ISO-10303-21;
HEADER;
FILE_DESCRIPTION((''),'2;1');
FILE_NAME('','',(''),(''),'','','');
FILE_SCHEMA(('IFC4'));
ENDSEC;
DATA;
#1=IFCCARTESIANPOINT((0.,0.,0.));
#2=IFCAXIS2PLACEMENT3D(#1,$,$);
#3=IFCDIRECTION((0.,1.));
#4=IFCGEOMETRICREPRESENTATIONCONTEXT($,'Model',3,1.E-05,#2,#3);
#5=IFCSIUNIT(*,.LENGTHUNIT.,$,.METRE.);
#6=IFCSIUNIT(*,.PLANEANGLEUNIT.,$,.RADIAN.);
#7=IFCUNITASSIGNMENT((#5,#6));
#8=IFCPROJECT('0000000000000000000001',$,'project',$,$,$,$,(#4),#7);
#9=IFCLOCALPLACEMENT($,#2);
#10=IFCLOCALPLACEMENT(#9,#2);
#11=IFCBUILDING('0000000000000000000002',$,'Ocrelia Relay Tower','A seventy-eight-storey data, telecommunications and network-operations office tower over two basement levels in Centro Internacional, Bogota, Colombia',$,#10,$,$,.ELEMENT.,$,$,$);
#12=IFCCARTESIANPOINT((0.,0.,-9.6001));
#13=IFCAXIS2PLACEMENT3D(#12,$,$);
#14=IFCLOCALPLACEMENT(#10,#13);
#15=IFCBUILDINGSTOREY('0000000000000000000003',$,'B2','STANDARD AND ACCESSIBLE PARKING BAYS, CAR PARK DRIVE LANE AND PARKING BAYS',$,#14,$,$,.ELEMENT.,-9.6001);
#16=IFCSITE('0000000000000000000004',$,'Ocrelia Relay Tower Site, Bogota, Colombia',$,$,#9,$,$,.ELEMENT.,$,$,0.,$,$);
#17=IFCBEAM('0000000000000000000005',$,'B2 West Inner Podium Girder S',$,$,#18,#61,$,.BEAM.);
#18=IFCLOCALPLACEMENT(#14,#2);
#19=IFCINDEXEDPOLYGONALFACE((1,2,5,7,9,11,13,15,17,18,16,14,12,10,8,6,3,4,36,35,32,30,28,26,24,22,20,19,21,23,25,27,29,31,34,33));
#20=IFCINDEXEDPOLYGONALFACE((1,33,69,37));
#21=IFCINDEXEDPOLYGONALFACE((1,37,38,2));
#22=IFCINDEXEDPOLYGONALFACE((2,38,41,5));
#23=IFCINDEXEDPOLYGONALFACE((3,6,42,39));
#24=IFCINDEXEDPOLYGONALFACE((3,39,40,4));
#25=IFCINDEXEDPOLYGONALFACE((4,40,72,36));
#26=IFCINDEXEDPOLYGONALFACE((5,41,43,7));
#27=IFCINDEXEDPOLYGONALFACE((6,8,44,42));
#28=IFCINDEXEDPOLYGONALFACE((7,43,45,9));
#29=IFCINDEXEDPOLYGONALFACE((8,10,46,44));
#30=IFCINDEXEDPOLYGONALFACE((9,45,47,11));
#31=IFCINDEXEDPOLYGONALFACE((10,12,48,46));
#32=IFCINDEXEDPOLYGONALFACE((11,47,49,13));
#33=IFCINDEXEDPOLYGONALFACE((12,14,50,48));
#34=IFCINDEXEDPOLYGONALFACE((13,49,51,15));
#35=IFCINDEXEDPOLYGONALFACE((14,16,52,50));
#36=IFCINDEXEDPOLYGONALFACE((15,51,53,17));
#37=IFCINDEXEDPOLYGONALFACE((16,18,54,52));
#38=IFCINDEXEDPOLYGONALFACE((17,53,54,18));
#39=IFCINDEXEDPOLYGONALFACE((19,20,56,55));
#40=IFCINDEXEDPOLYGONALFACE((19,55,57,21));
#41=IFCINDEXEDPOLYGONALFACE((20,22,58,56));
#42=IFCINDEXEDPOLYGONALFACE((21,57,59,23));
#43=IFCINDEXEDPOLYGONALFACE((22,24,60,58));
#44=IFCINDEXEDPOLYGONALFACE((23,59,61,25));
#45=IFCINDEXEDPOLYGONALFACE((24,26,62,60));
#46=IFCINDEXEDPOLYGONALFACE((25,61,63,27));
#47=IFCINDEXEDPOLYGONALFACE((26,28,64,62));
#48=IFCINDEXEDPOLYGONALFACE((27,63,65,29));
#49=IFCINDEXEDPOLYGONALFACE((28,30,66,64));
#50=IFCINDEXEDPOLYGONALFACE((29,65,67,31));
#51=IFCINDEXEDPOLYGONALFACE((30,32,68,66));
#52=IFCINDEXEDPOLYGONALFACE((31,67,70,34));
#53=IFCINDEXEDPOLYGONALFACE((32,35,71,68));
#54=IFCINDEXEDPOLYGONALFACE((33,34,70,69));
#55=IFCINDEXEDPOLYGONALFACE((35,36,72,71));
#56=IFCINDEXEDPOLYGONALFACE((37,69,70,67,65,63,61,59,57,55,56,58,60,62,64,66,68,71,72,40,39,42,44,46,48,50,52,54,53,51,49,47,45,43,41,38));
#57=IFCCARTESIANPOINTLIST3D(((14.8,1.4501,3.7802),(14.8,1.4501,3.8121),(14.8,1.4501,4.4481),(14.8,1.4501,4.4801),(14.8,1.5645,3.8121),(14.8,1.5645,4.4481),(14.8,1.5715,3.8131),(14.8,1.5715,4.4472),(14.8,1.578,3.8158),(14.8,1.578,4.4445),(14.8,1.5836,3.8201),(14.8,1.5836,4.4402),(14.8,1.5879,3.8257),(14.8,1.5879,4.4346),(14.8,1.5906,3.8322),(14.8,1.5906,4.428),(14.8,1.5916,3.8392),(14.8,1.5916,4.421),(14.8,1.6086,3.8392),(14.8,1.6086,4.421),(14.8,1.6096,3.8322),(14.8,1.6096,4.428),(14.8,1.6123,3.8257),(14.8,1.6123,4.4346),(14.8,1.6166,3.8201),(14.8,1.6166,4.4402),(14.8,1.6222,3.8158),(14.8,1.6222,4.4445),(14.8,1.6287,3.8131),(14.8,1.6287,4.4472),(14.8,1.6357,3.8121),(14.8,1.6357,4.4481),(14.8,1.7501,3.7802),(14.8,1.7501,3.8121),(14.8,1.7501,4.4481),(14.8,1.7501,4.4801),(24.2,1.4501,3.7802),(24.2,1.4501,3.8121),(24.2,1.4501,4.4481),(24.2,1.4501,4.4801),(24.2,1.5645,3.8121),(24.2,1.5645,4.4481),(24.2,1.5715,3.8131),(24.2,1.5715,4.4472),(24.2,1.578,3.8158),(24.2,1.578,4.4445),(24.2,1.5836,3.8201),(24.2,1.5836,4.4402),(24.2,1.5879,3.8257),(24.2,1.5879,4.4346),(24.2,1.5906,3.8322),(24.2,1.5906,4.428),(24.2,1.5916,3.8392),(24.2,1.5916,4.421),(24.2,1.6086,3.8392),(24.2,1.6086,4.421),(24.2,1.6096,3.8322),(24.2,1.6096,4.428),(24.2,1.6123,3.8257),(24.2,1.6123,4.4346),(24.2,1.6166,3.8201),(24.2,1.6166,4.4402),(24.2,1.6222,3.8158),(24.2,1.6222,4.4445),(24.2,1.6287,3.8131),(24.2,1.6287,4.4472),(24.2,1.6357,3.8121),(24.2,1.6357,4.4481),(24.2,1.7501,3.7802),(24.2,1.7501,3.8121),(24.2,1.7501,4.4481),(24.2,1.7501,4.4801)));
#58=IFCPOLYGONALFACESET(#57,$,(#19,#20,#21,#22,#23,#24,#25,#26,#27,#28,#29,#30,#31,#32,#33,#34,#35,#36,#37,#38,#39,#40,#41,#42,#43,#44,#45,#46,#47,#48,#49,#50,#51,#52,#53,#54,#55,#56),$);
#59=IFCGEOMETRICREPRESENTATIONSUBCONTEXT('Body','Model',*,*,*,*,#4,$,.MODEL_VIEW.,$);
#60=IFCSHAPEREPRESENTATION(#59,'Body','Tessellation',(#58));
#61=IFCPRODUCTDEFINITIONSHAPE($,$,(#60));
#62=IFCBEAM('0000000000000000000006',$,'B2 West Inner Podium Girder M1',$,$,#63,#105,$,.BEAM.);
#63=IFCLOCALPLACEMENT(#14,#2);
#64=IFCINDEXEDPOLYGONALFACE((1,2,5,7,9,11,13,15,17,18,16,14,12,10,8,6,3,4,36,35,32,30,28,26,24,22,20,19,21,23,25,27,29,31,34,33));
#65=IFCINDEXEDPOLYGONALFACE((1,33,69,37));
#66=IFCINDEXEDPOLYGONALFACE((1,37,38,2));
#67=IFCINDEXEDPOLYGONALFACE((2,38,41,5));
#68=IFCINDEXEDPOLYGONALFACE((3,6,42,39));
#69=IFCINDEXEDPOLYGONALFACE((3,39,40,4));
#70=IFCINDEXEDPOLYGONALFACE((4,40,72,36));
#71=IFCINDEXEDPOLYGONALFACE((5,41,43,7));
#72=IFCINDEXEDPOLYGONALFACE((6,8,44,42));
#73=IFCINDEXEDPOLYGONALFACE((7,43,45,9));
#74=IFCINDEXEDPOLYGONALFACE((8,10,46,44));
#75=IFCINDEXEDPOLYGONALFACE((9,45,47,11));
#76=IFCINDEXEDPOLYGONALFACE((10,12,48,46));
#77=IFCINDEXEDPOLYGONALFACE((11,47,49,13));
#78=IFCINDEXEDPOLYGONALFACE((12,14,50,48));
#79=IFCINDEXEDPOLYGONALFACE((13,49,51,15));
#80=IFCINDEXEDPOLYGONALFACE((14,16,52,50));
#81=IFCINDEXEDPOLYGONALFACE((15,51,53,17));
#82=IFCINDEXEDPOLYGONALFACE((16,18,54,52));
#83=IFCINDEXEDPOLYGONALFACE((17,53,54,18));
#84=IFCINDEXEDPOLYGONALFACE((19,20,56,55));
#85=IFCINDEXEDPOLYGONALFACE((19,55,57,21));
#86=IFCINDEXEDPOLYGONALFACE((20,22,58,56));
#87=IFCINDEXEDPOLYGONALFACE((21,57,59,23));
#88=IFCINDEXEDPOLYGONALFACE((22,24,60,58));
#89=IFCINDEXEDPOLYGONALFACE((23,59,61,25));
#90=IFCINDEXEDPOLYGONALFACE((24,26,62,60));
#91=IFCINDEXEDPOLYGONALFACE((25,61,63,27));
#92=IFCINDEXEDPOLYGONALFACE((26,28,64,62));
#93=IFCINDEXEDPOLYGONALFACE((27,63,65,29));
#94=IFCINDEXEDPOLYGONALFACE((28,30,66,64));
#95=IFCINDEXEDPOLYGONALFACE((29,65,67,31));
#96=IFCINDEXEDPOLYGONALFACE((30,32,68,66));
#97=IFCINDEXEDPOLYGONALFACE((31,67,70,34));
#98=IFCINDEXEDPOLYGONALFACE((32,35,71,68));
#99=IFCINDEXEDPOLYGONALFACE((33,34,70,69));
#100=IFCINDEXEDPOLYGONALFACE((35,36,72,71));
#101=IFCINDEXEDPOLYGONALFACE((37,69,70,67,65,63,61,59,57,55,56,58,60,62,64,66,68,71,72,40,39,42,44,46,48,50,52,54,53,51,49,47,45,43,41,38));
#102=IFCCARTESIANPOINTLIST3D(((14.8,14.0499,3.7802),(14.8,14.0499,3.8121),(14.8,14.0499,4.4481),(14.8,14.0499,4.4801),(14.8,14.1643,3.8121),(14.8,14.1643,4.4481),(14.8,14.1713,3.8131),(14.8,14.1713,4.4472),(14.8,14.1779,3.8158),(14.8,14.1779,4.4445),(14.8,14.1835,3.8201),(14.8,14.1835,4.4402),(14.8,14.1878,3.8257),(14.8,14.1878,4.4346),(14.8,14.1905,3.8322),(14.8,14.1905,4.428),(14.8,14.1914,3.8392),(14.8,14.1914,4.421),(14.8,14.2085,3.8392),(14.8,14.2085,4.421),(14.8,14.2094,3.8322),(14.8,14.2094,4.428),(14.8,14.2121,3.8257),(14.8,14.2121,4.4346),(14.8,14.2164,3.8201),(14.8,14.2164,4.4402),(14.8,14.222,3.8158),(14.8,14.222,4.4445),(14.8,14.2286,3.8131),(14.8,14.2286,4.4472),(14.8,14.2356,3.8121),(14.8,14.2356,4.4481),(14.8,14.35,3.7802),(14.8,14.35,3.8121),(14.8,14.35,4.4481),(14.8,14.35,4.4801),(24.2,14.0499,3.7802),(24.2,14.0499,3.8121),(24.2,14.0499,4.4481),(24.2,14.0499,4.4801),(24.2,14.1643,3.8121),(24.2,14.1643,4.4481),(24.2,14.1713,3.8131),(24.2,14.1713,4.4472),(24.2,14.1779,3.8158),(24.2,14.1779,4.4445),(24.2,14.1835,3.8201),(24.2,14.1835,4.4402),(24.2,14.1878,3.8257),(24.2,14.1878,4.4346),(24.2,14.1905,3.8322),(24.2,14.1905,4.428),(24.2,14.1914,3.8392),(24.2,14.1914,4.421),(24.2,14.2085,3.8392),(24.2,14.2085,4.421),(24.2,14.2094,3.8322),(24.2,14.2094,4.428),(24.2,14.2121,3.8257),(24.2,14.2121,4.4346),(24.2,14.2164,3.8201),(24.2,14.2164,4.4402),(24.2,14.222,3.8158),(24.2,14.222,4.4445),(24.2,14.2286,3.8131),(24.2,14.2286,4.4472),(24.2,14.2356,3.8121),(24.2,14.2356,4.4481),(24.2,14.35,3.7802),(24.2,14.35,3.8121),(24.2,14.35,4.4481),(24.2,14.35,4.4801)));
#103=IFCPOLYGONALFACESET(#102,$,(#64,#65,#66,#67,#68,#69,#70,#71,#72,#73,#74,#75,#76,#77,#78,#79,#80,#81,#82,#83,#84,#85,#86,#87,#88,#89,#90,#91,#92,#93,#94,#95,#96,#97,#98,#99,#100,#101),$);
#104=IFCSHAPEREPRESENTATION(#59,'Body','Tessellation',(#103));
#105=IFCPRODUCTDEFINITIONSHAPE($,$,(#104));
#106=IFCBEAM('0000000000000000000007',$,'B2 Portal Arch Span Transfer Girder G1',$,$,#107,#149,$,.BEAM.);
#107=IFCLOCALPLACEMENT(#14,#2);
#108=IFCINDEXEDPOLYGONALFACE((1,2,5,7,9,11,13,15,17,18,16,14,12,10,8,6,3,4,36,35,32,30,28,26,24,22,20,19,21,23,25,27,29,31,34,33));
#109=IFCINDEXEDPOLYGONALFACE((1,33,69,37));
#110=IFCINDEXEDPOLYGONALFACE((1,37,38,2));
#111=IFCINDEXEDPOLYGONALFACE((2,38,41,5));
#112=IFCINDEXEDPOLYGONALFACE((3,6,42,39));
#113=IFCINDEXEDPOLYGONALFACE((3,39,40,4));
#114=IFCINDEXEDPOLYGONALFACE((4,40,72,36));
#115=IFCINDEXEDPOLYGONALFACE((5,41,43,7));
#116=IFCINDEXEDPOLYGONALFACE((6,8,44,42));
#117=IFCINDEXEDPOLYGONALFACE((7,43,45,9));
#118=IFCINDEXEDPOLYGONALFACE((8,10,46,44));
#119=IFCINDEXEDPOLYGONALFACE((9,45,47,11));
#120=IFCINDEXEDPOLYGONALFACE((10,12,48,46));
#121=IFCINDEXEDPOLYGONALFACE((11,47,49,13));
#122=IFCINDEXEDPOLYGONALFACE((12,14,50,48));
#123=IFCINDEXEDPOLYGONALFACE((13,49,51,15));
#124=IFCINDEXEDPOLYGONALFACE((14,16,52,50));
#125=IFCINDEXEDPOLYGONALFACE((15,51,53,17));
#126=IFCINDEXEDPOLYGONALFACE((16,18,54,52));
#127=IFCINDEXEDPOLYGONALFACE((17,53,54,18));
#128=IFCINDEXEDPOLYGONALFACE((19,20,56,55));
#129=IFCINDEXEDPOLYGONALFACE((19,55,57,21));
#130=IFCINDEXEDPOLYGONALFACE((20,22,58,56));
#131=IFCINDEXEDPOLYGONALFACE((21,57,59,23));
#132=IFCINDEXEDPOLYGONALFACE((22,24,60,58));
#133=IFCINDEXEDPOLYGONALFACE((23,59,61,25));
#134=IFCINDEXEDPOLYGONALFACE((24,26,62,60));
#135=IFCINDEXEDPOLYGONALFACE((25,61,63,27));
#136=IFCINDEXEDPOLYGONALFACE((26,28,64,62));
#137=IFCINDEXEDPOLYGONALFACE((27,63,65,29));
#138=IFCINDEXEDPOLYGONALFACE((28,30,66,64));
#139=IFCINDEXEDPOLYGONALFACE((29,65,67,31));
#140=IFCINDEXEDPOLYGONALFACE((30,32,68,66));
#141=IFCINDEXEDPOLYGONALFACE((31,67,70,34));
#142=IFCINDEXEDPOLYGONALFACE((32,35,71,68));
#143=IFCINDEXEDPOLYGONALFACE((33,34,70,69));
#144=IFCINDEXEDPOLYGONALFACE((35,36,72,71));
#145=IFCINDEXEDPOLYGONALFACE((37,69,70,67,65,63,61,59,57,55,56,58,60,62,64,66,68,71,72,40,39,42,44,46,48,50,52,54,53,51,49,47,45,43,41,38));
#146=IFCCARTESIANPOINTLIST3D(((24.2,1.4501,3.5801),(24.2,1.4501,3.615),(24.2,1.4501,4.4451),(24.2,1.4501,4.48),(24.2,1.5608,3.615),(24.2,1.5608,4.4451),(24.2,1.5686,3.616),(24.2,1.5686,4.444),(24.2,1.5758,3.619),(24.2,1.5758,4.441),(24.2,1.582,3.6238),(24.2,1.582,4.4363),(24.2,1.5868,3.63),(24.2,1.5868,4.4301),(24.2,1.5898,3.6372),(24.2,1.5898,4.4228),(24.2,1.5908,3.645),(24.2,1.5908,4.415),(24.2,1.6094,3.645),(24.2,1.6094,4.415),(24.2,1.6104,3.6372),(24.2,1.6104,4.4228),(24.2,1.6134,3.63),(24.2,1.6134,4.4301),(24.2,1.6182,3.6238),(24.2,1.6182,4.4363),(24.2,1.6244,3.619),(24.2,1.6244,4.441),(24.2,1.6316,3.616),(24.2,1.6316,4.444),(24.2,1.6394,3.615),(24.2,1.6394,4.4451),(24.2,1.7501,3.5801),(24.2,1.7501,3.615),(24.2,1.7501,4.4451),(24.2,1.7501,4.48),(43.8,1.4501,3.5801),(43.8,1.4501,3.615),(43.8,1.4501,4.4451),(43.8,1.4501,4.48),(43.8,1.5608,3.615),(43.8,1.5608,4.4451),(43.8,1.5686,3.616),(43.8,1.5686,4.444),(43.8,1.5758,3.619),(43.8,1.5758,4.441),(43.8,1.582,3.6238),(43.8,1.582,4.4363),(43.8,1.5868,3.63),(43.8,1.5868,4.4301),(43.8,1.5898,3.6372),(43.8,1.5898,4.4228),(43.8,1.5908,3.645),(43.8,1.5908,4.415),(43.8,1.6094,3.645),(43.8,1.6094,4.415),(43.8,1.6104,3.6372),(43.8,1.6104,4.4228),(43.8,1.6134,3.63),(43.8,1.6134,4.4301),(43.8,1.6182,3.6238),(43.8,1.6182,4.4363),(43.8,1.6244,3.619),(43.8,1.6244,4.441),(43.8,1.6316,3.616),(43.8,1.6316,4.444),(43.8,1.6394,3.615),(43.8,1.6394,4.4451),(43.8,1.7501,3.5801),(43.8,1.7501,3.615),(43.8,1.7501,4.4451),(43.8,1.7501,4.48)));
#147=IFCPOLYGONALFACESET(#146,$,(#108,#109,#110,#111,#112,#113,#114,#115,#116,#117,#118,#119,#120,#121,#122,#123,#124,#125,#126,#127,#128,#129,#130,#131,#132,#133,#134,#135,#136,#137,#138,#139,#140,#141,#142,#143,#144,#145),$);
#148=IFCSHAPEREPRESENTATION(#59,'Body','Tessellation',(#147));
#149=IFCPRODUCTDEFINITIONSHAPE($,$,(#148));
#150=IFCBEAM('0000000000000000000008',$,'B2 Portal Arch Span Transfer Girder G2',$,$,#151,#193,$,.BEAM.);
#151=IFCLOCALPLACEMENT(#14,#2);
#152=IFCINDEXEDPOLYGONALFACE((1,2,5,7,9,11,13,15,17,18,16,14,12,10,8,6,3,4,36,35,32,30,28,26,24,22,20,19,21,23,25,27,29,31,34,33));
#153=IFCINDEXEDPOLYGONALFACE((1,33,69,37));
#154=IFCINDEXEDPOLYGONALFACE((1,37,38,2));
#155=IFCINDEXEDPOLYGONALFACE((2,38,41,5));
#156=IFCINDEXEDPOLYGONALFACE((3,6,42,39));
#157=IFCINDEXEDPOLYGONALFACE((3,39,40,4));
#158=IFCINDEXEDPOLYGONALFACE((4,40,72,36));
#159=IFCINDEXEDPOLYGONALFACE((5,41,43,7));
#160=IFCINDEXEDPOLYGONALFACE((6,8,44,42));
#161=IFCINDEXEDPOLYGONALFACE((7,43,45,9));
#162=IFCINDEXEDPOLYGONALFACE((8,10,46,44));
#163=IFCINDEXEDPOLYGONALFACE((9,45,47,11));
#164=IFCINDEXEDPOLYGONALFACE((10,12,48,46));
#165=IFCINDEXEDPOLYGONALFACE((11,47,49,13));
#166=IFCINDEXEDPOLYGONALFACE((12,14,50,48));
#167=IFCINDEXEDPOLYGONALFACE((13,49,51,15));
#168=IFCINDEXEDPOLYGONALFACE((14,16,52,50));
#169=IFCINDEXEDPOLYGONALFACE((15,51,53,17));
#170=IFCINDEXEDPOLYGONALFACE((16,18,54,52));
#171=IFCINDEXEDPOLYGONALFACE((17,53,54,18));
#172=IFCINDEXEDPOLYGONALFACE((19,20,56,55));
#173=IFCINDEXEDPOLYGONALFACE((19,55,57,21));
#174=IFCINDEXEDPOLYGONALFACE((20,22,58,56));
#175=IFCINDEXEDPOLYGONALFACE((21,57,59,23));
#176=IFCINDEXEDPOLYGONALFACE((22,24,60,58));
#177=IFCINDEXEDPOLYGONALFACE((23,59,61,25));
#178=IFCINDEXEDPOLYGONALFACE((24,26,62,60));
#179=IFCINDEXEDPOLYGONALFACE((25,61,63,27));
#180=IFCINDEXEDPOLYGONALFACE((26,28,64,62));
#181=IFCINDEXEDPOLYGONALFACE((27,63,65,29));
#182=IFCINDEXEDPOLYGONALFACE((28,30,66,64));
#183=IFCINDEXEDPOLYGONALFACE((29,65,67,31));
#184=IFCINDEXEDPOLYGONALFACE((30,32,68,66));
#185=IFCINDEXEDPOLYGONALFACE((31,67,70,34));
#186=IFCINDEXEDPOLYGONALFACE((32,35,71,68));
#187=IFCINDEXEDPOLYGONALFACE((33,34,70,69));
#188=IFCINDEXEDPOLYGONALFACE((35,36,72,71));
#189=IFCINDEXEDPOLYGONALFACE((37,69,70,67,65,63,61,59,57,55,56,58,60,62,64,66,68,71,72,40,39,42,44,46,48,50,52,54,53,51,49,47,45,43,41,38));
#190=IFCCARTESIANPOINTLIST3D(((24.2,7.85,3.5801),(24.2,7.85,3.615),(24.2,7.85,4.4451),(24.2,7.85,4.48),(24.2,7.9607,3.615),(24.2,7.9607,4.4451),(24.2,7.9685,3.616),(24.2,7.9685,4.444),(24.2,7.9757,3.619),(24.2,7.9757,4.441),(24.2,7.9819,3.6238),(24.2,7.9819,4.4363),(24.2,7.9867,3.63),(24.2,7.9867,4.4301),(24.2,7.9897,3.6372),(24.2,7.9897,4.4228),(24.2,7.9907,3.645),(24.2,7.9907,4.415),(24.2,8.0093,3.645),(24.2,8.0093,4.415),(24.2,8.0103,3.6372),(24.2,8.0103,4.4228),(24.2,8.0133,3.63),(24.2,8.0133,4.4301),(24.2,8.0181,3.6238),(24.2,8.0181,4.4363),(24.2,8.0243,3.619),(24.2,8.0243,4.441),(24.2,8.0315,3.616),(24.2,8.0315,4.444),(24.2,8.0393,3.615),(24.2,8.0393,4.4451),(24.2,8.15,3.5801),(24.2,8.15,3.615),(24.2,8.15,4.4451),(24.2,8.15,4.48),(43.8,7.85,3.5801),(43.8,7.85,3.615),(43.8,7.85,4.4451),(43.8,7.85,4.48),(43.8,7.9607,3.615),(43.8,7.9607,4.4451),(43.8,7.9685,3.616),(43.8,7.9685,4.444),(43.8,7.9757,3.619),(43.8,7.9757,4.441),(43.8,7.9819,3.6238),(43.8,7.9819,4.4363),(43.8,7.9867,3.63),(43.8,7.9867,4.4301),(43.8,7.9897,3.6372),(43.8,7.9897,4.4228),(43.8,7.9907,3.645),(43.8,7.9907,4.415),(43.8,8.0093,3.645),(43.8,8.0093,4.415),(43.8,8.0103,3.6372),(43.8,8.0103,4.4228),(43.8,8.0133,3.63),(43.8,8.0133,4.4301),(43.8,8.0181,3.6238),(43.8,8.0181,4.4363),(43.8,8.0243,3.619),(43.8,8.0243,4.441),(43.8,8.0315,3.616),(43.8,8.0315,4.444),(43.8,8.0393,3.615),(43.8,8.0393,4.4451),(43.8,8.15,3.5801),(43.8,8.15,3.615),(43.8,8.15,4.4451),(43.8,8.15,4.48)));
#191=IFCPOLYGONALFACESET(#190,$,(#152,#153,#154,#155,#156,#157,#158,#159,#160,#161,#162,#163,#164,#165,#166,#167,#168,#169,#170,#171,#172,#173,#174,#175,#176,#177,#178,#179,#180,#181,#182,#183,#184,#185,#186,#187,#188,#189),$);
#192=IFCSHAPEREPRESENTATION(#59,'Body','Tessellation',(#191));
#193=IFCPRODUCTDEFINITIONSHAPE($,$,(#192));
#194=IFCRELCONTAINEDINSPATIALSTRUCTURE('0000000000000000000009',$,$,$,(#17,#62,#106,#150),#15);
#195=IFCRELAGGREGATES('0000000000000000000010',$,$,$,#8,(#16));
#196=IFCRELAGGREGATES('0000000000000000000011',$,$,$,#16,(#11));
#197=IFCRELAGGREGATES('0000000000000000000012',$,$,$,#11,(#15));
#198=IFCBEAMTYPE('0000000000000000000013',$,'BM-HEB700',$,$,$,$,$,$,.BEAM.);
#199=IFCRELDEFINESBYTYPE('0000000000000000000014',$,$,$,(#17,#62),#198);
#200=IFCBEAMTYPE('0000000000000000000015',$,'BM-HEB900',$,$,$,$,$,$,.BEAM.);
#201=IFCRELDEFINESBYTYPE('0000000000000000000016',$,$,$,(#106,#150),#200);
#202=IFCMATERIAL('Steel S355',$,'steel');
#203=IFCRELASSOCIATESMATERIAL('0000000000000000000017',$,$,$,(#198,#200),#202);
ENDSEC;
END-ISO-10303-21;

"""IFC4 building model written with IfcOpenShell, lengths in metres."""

from ifc_helpers import new_model, si_unit, direction, frame, origin, origin_2d, place, context, subcontext, project, spatial, i_section, extrude, material, material_profile, profile_set, type_object, element, save


model = new_model("IFC4")

# Units and contexts
model_context = context("Model", 3, precision=1e-05, world=origin(), true_north=direction((0.0, 1.0)))
body_context = subcontext(model_context, "Body", "Model", "MODEL_VIEW")
ifc_project = project(units=[si_unit("LENGTHUNIT", "METRE"), si_unit("PLANEANGLEUNIT", "RADIAN")], contexts=[model_context])

# Site, building, storey
site_placement = place(None, origin())
site = spatial("IfcSite", under=ifc_project, at=site_placement, Name="Ocrelia Relay Tower Site, Bogota, Colombia", CompositionType="ELEMENT", RefElevation=0.0)
building_placement = place(site_placement, origin())
building = spatial("IfcBuilding", under=site, at=building_placement, Name="Ocrelia Relay Tower", Description="A seventy-eight-storey data, telecommunications and network-operations office tower over two basement levels in Centro Internacional, Bogota, Colombia", CompositionType="ELEMENT")
storey_placement = place(building_placement, frame((0.0, 0.0, -9.6001)))
storey = spatial("IfcBuildingStorey", under=building, at=storey_placement, Name="B2", Description="STANDARD AND ACCESSIBLE PARKING BAYS, CAR PARK DRIVE LANE AND PARKING BAYS", CompositionType="ELEMENT", Elevation=-9.6001)

# Beams
ifc_material_1 = material(Name="Steel S355", Category="steel")
ifc_material_profile_1 = material_profile(ifc_material_1, i_section(OverallWidth=0.3, OverallDepth=0.7, WebThickness=0.0171, FlangeThickness=0.032, FilletRadius=0.0271, at=origin_2d()), Name="HEB 700")
ifc_profile_set_1 = profile_set([ifc_material_profile_1], Name="Steel S355")
beam_type_1 = type_object("IfcBeamType", Name="BM-HEB700", PredefinedType="BEAM", material=ifc_profile_set_1)
for number, where, z_axis, x_axis, name in (
    (1, (14.8, 1.6001, 4.1301), (1.0, 0.0, 0.0), (0.0, 1.0, 0.0), "B2 West Inner Podium Girder S"),
    (2, (14.8, 14.2, 4.1301), (1.0, 0.0, 0.0), (0.0, 1.0, 0.0), "B2 West Inner Podium Girder M1"),
):
    element("IfcBeam", number, at=place(storey_placement, frame(where, z_axis=z_axis, x_axis=x_axis)), inside=storey, type_object=beam_type_1, Name=name, PredefinedType="BEAM", context=body_context, shape_type="SweptSolid", body=[
        extrude(i_section(OverallWidth=0.3, OverallDepth=0.7, WebThickness=0.0171, FlangeThickness=0.032, FilletRadius=0.0271, at=origin_2d()), origin(), (0.0, 0.0, 1.0), 9.3999),
    ])
ifc_material_profile_2 = material_profile(ifc_material_1, i_section(OverallWidth=0.3, OverallDepth=0.8999, WebThickness=0.0186, FlangeThickness=0.0349, FilletRadius=0.03, at=origin_2d()), Name="HEB 900")
ifc_profile_set_2 = profile_set([ifc_material_profile_2], Name="Steel S355")
beam_type_2 = type_object("IfcBeamType", Name="BM-HEB900", PredefinedType="BEAM", material=ifc_profile_set_2)
for number, where, z_axis, x_axis, name in (
    (3, (24.2, 1.6001, 4.03), (1.0, 0.0, 0.0), (0.0, 1.0, 0.0), "B2 Portal Arch Span Transfer Girder G1"),
    (4, (24.2, 8.0, 4.03), (1.0, 0.0, 0.0), (0.0, 1.0, 0.0), "B2 Portal Arch Span Transfer Girder G2"),
):
    element("IfcBeam", number, at=place(storey_placement, frame(where, z_axis=z_axis, x_axis=x_axis)), inside=storey, type_object=beam_type_2, Name=name, PredefinedType="BEAM", context=body_context, shape_type="SweptSolid", body=[
        extrude(i_section(OverallWidth=0.3, OverallDepth=0.8999, WebThickness=0.0186, FlangeThickness=0.0349, FilletRadius=0.03, at=origin_2d()), origin(), (0.0, 0.0, 1.0), 19.6001),
    ])

save(model, "model.ifc")
